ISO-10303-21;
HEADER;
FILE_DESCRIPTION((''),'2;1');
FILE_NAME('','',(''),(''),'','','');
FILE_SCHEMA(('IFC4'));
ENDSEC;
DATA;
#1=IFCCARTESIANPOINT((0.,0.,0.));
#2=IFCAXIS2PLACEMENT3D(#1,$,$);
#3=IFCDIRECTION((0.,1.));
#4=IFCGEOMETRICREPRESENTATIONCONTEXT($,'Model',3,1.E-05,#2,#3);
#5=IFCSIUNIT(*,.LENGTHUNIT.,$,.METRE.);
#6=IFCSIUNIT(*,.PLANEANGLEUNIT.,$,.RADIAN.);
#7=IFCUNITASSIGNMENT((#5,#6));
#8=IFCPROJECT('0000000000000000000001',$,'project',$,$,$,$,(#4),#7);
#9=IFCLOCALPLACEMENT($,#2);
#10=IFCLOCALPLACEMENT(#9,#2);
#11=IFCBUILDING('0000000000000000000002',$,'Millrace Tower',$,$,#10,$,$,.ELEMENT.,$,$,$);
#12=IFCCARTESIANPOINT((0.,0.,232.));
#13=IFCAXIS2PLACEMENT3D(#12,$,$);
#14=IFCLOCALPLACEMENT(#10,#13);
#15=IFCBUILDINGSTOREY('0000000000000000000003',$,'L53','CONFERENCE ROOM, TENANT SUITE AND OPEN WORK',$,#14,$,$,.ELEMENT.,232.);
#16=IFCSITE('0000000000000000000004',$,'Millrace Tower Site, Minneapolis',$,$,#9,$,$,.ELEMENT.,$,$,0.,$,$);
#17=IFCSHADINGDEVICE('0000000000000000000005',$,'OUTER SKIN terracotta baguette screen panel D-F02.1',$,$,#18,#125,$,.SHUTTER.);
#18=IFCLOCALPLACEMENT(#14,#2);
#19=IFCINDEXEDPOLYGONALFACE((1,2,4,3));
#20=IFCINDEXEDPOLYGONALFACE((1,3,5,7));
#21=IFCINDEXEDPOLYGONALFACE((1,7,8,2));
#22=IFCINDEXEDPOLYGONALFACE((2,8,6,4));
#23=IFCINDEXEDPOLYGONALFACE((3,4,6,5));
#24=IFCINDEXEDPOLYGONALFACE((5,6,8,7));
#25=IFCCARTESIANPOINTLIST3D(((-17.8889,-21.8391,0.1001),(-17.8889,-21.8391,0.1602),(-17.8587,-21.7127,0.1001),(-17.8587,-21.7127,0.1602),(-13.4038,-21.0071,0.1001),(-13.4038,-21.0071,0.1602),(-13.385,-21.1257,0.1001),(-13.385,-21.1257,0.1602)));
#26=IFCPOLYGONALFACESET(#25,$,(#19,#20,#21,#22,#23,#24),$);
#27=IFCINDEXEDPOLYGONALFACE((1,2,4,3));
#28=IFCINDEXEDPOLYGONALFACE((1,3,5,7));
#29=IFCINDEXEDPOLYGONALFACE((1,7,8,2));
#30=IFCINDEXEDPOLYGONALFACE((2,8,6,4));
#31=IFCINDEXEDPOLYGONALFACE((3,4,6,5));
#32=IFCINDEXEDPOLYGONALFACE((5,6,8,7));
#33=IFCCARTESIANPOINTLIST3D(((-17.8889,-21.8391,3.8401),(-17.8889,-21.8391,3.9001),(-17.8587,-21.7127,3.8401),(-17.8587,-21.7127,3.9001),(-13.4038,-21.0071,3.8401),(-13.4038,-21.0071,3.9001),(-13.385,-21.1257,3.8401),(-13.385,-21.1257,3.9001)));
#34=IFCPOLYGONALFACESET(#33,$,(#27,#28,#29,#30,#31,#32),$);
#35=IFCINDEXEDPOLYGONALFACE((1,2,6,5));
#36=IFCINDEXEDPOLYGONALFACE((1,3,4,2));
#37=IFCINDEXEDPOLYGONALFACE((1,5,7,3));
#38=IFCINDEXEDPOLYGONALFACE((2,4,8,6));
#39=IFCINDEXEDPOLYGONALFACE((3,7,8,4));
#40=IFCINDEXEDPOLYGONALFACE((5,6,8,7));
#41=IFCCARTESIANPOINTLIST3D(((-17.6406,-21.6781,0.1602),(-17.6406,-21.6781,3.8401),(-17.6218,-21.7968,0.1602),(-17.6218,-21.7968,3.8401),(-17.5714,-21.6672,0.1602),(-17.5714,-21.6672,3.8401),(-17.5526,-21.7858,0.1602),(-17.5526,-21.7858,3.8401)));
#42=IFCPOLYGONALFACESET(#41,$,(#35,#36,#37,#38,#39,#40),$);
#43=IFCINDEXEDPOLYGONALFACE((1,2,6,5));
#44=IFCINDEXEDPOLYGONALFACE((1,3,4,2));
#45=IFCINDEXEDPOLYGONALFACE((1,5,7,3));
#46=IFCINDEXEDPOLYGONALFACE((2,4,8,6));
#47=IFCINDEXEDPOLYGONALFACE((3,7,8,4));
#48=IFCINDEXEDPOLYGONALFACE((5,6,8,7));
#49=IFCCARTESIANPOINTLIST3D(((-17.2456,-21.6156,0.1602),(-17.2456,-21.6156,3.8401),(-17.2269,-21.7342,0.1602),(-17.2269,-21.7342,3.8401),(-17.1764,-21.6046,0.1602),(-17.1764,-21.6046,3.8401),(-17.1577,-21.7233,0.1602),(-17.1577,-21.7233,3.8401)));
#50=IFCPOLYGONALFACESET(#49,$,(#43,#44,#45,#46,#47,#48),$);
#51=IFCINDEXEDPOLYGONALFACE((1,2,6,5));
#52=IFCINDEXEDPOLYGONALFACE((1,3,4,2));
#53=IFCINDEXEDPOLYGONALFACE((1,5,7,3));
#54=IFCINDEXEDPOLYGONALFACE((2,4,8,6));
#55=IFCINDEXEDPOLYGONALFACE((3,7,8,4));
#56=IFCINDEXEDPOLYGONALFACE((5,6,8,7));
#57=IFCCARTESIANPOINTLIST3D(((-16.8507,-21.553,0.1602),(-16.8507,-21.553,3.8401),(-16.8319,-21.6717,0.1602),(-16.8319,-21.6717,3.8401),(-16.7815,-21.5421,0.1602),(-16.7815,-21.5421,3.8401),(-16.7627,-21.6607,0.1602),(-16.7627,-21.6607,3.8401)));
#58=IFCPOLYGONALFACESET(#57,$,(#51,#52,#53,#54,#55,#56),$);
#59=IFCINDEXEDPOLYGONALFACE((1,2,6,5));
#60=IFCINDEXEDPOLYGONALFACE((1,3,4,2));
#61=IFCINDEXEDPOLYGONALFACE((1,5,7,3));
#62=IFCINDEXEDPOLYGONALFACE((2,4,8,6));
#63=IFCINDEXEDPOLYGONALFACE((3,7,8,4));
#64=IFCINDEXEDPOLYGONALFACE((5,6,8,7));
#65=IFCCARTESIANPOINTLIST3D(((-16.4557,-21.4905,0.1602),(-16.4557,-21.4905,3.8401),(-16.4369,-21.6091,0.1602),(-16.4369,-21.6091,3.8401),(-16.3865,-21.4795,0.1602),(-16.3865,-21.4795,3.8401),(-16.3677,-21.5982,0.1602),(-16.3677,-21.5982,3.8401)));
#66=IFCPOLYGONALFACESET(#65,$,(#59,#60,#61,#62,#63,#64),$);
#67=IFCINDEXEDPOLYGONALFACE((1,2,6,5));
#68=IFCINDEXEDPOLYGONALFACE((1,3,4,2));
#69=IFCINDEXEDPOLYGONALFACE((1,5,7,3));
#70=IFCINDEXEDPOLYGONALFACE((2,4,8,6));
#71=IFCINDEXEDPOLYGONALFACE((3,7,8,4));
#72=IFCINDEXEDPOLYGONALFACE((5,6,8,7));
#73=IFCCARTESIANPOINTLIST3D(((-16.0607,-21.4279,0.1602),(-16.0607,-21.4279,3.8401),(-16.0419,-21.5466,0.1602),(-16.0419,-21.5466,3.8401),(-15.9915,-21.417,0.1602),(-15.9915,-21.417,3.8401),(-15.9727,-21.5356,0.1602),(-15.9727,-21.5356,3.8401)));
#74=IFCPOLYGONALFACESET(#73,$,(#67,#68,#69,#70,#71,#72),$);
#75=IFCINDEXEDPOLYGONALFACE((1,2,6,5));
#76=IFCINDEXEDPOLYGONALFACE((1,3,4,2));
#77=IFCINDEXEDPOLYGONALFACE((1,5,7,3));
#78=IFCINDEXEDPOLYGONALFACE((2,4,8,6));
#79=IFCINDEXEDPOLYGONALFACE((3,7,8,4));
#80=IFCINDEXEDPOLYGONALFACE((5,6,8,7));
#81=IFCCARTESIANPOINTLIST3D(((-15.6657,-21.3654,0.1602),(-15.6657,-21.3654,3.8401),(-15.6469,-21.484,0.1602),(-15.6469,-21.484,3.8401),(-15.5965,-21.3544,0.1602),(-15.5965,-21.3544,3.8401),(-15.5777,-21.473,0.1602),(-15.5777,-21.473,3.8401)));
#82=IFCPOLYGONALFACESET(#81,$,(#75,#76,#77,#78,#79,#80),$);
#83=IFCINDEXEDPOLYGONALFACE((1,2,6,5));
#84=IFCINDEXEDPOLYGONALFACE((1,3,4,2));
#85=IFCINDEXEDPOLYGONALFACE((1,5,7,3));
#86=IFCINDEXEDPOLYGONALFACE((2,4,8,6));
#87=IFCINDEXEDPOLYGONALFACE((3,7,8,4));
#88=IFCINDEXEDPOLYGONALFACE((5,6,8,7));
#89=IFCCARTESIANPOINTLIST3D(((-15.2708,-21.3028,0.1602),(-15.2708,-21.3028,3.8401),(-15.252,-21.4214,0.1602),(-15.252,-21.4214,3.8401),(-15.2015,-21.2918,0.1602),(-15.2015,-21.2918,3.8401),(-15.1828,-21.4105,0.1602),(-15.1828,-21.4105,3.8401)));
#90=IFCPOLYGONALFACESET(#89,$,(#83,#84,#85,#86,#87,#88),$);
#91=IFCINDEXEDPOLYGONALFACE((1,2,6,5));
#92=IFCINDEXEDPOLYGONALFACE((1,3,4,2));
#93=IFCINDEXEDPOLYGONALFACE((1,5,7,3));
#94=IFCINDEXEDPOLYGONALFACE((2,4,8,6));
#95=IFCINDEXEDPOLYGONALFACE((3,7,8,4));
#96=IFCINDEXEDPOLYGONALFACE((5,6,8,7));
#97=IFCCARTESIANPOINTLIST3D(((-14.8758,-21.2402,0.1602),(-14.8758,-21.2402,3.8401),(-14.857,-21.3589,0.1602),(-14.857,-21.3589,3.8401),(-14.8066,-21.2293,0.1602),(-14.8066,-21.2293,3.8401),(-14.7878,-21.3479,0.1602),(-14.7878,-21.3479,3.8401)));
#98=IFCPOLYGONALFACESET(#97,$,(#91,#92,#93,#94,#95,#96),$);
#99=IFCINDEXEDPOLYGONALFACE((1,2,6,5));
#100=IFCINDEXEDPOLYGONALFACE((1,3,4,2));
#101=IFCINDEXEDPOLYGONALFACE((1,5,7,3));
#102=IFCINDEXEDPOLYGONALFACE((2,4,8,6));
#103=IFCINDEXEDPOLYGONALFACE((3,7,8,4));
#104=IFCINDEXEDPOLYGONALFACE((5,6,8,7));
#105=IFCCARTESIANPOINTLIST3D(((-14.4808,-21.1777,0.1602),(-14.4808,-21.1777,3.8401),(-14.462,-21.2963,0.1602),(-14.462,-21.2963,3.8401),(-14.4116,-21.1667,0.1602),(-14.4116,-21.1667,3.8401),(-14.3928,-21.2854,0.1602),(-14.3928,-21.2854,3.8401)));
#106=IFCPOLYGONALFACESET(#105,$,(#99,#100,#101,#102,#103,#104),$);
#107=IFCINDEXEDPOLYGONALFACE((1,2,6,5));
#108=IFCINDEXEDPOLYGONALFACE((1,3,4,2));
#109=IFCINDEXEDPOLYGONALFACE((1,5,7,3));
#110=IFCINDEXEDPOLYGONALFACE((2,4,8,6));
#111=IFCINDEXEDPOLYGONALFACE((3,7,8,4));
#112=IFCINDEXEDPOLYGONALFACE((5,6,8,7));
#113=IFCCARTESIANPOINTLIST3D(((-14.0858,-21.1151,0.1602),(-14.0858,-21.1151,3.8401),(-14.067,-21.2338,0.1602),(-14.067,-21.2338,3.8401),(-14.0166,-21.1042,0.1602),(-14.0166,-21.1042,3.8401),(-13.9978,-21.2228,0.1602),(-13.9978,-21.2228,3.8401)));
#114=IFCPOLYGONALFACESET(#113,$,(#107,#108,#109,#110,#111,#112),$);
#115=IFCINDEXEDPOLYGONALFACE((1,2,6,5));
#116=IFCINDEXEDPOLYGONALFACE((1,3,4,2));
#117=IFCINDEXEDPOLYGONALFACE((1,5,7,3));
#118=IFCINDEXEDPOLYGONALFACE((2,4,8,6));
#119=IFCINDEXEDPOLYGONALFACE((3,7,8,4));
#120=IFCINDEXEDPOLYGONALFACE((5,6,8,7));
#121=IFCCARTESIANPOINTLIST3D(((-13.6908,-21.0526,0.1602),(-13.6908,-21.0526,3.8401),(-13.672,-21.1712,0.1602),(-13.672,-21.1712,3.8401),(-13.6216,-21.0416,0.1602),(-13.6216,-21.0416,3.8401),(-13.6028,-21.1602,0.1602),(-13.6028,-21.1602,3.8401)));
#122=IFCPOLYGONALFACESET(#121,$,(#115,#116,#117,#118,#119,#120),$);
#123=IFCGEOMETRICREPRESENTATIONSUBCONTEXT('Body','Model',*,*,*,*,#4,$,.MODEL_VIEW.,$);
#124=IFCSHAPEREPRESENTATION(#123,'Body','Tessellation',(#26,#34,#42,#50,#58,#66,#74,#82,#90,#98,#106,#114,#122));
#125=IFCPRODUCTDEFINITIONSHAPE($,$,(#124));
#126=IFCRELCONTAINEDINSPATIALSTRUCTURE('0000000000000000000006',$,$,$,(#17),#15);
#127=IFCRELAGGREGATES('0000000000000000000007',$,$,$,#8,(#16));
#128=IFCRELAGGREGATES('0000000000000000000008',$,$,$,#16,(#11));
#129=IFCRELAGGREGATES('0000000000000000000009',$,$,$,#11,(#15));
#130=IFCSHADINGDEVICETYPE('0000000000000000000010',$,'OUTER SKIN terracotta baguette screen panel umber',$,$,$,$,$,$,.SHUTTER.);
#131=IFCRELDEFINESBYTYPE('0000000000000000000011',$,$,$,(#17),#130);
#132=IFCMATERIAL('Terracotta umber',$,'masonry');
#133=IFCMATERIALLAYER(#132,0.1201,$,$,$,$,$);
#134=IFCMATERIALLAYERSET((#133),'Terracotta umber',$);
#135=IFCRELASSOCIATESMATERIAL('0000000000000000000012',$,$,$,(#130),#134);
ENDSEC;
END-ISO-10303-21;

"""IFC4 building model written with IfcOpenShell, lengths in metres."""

from ifc_helpers import new_model, entity, si_unit, direction, frame, frame_2d, origin, place, context, subcontext, project, spatial, rectangle, extrude, source, transform, mapped, material, layer, layer_set, type_object, element, save


model = new_model("IFC4")

# Units and contexts
model_context = context("Model", 3, precision=1e-05, world=origin(), true_north=direction((0.0, 1.0)))
body_context = subcontext(model_context, "Body", "Model", "MODEL_VIEW")
ifc_project = project(units=[si_unit("LENGTHUNIT", "METRE"), si_unit("PLANEANGLEUNIT", "RADIAN")], contexts=[model_context])

# Site, building, storey
site_placement = place(None, origin())
site = spatial("IfcSite", under=ifc_project, at=site_placement, Name="Millrace Tower Site, Minneapolis", CompositionType="ELEMENT", RefElevation=0.0)
building_placement = place(site_placement, origin())
building = spatial("IfcBuilding", under=site, at=building_placement, Name="Millrace Tower", CompositionType="ELEMENT")
storey_placement = place(building_placement, frame((0.0, 0.0, 232.0)))
storey = spatial("IfcBuildingStorey", under=building, at=storey_placement, Name="L53", Description="CONFERENCE ROOM, TENANT SUITE AND OPEN WORK", CompositionType="ELEMENT", Elevation=232.0)

# Shading device
ifc_material_1 = material(Name="Terracotta umber", Category="masonry")
ifc_layer_1 = layer(ifc_material_1, 0.1201)
ifc_layer_set_1 = layer_set([ifc_layer_1], Name="Terracotta umber")
shading_device_type = type_object("IfcShadingDeviceType", Name="OUTER SKIN terracotta baguette screen panel umber", PredefinedType="SHUTTER", material=ifc_layer_set_1)
cartesian_point_1 = entity("IfcCartesianPoint", [-2.2429, 0.0601])
shared_polyline_1 = entity("IfcPolyline", [cartesian_point_1, entity("IfcCartesianPoint", [2.2676, 0.0601]), entity("IfcCartesianPoint", [2.2676, -0.0601]), entity("IfcCartesianPoint", [-2.2925, -0.0601]), cartesian_point_1])
shared_shape_1 = source(origin(), body_context, "Body", "SweptSolid", [
    entity("IfcExtrudedAreaSolid", entity("IfcArbitraryClosedProfileDef", "AREA", None, shared_polyline_1), entity("IfcAxis2Placement3D", entity("IfcCartesianPoint", [0.0, 0.0, 0.0])), entity("IfcDirection", [0.0, 0.0, 1.0]), 0.0601),
    entity("IfcExtrudedAreaSolid", entity("IfcArbitraryClosedProfileDef", "AREA", None, shared_polyline_1), entity("IfcAxis2Placement3D", entity("IfcCartesianPoint", [0.0, 0.0, 3.74])), entity("IfcDirection", [0.0, 0.0, 1.0]), 0.0601),
    extrude(rectangle(XDim=0.0701, YDim=0.1201, at=frame_2d((-1.9871, 0.0))), frame((0.0, 0.0, 0.0601)), (0.0, 0.0, 1.0), 3.6799),
    extrude(rectangle(XDim=0.0701, YDim=0.1201, at=frame_2d((-1.5872, 0.0))), frame((0.0, 0.0, 0.0601)), (0.0, 0.0, 1.0), 3.6799),
    extrude(rectangle(XDim=0.0701, YDim=0.1201, at=frame_2d((-1.1873, 0.0))), frame((0.0, 0.0, 0.0601)), (0.0, 0.0, 1.0), 3.6799),
    extrude(rectangle(XDim=0.0701, YDim=0.1201, at=frame_2d((-0.7874, 0.0))), frame((0.0, 0.0, 0.0601)), (0.0, 0.0, 1.0), 3.6799),
    extrude(rectangle(XDim=0.0701, YDim=0.1201, at=frame_2d((-0.3875, 0.0))), frame((0.0, 0.0, 0.0601)), (0.0, 0.0, 1.0), 3.6799),
    extrude(rectangle(XDim=0.0701, YDim=0.1201, at=frame_2d((0.0125, 0.0))), frame((0.0, 0.0, 0.0601)), (0.0, 0.0, 1.0), 3.6799),
    extrude(rectangle(XDim=0.0701, YDim=0.1201, at=frame_2d((0.4124, 0.0))), frame((0.0, 0.0, 0.0601)), (0.0, 0.0, 1.0), 3.6799),
    extrude(rectangle(XDim=0.0701, YDim=0.1201, at=frame_2d((0.8123, 0.0))), frame((0.0, 0.0, 0.0601)), (0.0, 0.0, 1.0), 3.6799),
    extrude(rectangle(XDim=0.0701, YDim=0.1201, at=frame_2d((1.2122, 0.0))), frame((0.0, 0.0, 0.0601)), (0.0, 0.0, 1.0), 3.6799),
    extrude(rectangle(XDim=0.0701, YDim=0.1201, at=frame_2d((1.6121, 0.0))), frame((0.0, 0.0, 0.0601)), (0.0, 0.0, 1.0), 3.6799),
    extrude(rectangle(XDim=0.0701, YDim=0.1201, at=frame_2d((2.012, 0.0))), frame((0.0, 0.0, 0.0601)), (0.0, 0.0, 1.0), 3.6799),
])
shading_device_1_placement = place(storey_placement, frame((-15.634, -21.4211, 0.1001), z_axis=(0.0, 0.0, 1.0), x_axis=(0.987688, 0.156434, 0.0)))
element("IfcShadingDevice", 1, at=shading_device_1_placement, inside=storey, type_object=shading_device_type, Name="OUTER SKIN terracotta baguette screen panel D-F02.1", PredefinedType="SHUTTER", context=body_context, shape_type="MappedRepresentation", body=[
    mapped(shared_shape_1, transform((0.0, 0.0, 0.0), scale=1.0)),
])

save(model, "model.ifc")
